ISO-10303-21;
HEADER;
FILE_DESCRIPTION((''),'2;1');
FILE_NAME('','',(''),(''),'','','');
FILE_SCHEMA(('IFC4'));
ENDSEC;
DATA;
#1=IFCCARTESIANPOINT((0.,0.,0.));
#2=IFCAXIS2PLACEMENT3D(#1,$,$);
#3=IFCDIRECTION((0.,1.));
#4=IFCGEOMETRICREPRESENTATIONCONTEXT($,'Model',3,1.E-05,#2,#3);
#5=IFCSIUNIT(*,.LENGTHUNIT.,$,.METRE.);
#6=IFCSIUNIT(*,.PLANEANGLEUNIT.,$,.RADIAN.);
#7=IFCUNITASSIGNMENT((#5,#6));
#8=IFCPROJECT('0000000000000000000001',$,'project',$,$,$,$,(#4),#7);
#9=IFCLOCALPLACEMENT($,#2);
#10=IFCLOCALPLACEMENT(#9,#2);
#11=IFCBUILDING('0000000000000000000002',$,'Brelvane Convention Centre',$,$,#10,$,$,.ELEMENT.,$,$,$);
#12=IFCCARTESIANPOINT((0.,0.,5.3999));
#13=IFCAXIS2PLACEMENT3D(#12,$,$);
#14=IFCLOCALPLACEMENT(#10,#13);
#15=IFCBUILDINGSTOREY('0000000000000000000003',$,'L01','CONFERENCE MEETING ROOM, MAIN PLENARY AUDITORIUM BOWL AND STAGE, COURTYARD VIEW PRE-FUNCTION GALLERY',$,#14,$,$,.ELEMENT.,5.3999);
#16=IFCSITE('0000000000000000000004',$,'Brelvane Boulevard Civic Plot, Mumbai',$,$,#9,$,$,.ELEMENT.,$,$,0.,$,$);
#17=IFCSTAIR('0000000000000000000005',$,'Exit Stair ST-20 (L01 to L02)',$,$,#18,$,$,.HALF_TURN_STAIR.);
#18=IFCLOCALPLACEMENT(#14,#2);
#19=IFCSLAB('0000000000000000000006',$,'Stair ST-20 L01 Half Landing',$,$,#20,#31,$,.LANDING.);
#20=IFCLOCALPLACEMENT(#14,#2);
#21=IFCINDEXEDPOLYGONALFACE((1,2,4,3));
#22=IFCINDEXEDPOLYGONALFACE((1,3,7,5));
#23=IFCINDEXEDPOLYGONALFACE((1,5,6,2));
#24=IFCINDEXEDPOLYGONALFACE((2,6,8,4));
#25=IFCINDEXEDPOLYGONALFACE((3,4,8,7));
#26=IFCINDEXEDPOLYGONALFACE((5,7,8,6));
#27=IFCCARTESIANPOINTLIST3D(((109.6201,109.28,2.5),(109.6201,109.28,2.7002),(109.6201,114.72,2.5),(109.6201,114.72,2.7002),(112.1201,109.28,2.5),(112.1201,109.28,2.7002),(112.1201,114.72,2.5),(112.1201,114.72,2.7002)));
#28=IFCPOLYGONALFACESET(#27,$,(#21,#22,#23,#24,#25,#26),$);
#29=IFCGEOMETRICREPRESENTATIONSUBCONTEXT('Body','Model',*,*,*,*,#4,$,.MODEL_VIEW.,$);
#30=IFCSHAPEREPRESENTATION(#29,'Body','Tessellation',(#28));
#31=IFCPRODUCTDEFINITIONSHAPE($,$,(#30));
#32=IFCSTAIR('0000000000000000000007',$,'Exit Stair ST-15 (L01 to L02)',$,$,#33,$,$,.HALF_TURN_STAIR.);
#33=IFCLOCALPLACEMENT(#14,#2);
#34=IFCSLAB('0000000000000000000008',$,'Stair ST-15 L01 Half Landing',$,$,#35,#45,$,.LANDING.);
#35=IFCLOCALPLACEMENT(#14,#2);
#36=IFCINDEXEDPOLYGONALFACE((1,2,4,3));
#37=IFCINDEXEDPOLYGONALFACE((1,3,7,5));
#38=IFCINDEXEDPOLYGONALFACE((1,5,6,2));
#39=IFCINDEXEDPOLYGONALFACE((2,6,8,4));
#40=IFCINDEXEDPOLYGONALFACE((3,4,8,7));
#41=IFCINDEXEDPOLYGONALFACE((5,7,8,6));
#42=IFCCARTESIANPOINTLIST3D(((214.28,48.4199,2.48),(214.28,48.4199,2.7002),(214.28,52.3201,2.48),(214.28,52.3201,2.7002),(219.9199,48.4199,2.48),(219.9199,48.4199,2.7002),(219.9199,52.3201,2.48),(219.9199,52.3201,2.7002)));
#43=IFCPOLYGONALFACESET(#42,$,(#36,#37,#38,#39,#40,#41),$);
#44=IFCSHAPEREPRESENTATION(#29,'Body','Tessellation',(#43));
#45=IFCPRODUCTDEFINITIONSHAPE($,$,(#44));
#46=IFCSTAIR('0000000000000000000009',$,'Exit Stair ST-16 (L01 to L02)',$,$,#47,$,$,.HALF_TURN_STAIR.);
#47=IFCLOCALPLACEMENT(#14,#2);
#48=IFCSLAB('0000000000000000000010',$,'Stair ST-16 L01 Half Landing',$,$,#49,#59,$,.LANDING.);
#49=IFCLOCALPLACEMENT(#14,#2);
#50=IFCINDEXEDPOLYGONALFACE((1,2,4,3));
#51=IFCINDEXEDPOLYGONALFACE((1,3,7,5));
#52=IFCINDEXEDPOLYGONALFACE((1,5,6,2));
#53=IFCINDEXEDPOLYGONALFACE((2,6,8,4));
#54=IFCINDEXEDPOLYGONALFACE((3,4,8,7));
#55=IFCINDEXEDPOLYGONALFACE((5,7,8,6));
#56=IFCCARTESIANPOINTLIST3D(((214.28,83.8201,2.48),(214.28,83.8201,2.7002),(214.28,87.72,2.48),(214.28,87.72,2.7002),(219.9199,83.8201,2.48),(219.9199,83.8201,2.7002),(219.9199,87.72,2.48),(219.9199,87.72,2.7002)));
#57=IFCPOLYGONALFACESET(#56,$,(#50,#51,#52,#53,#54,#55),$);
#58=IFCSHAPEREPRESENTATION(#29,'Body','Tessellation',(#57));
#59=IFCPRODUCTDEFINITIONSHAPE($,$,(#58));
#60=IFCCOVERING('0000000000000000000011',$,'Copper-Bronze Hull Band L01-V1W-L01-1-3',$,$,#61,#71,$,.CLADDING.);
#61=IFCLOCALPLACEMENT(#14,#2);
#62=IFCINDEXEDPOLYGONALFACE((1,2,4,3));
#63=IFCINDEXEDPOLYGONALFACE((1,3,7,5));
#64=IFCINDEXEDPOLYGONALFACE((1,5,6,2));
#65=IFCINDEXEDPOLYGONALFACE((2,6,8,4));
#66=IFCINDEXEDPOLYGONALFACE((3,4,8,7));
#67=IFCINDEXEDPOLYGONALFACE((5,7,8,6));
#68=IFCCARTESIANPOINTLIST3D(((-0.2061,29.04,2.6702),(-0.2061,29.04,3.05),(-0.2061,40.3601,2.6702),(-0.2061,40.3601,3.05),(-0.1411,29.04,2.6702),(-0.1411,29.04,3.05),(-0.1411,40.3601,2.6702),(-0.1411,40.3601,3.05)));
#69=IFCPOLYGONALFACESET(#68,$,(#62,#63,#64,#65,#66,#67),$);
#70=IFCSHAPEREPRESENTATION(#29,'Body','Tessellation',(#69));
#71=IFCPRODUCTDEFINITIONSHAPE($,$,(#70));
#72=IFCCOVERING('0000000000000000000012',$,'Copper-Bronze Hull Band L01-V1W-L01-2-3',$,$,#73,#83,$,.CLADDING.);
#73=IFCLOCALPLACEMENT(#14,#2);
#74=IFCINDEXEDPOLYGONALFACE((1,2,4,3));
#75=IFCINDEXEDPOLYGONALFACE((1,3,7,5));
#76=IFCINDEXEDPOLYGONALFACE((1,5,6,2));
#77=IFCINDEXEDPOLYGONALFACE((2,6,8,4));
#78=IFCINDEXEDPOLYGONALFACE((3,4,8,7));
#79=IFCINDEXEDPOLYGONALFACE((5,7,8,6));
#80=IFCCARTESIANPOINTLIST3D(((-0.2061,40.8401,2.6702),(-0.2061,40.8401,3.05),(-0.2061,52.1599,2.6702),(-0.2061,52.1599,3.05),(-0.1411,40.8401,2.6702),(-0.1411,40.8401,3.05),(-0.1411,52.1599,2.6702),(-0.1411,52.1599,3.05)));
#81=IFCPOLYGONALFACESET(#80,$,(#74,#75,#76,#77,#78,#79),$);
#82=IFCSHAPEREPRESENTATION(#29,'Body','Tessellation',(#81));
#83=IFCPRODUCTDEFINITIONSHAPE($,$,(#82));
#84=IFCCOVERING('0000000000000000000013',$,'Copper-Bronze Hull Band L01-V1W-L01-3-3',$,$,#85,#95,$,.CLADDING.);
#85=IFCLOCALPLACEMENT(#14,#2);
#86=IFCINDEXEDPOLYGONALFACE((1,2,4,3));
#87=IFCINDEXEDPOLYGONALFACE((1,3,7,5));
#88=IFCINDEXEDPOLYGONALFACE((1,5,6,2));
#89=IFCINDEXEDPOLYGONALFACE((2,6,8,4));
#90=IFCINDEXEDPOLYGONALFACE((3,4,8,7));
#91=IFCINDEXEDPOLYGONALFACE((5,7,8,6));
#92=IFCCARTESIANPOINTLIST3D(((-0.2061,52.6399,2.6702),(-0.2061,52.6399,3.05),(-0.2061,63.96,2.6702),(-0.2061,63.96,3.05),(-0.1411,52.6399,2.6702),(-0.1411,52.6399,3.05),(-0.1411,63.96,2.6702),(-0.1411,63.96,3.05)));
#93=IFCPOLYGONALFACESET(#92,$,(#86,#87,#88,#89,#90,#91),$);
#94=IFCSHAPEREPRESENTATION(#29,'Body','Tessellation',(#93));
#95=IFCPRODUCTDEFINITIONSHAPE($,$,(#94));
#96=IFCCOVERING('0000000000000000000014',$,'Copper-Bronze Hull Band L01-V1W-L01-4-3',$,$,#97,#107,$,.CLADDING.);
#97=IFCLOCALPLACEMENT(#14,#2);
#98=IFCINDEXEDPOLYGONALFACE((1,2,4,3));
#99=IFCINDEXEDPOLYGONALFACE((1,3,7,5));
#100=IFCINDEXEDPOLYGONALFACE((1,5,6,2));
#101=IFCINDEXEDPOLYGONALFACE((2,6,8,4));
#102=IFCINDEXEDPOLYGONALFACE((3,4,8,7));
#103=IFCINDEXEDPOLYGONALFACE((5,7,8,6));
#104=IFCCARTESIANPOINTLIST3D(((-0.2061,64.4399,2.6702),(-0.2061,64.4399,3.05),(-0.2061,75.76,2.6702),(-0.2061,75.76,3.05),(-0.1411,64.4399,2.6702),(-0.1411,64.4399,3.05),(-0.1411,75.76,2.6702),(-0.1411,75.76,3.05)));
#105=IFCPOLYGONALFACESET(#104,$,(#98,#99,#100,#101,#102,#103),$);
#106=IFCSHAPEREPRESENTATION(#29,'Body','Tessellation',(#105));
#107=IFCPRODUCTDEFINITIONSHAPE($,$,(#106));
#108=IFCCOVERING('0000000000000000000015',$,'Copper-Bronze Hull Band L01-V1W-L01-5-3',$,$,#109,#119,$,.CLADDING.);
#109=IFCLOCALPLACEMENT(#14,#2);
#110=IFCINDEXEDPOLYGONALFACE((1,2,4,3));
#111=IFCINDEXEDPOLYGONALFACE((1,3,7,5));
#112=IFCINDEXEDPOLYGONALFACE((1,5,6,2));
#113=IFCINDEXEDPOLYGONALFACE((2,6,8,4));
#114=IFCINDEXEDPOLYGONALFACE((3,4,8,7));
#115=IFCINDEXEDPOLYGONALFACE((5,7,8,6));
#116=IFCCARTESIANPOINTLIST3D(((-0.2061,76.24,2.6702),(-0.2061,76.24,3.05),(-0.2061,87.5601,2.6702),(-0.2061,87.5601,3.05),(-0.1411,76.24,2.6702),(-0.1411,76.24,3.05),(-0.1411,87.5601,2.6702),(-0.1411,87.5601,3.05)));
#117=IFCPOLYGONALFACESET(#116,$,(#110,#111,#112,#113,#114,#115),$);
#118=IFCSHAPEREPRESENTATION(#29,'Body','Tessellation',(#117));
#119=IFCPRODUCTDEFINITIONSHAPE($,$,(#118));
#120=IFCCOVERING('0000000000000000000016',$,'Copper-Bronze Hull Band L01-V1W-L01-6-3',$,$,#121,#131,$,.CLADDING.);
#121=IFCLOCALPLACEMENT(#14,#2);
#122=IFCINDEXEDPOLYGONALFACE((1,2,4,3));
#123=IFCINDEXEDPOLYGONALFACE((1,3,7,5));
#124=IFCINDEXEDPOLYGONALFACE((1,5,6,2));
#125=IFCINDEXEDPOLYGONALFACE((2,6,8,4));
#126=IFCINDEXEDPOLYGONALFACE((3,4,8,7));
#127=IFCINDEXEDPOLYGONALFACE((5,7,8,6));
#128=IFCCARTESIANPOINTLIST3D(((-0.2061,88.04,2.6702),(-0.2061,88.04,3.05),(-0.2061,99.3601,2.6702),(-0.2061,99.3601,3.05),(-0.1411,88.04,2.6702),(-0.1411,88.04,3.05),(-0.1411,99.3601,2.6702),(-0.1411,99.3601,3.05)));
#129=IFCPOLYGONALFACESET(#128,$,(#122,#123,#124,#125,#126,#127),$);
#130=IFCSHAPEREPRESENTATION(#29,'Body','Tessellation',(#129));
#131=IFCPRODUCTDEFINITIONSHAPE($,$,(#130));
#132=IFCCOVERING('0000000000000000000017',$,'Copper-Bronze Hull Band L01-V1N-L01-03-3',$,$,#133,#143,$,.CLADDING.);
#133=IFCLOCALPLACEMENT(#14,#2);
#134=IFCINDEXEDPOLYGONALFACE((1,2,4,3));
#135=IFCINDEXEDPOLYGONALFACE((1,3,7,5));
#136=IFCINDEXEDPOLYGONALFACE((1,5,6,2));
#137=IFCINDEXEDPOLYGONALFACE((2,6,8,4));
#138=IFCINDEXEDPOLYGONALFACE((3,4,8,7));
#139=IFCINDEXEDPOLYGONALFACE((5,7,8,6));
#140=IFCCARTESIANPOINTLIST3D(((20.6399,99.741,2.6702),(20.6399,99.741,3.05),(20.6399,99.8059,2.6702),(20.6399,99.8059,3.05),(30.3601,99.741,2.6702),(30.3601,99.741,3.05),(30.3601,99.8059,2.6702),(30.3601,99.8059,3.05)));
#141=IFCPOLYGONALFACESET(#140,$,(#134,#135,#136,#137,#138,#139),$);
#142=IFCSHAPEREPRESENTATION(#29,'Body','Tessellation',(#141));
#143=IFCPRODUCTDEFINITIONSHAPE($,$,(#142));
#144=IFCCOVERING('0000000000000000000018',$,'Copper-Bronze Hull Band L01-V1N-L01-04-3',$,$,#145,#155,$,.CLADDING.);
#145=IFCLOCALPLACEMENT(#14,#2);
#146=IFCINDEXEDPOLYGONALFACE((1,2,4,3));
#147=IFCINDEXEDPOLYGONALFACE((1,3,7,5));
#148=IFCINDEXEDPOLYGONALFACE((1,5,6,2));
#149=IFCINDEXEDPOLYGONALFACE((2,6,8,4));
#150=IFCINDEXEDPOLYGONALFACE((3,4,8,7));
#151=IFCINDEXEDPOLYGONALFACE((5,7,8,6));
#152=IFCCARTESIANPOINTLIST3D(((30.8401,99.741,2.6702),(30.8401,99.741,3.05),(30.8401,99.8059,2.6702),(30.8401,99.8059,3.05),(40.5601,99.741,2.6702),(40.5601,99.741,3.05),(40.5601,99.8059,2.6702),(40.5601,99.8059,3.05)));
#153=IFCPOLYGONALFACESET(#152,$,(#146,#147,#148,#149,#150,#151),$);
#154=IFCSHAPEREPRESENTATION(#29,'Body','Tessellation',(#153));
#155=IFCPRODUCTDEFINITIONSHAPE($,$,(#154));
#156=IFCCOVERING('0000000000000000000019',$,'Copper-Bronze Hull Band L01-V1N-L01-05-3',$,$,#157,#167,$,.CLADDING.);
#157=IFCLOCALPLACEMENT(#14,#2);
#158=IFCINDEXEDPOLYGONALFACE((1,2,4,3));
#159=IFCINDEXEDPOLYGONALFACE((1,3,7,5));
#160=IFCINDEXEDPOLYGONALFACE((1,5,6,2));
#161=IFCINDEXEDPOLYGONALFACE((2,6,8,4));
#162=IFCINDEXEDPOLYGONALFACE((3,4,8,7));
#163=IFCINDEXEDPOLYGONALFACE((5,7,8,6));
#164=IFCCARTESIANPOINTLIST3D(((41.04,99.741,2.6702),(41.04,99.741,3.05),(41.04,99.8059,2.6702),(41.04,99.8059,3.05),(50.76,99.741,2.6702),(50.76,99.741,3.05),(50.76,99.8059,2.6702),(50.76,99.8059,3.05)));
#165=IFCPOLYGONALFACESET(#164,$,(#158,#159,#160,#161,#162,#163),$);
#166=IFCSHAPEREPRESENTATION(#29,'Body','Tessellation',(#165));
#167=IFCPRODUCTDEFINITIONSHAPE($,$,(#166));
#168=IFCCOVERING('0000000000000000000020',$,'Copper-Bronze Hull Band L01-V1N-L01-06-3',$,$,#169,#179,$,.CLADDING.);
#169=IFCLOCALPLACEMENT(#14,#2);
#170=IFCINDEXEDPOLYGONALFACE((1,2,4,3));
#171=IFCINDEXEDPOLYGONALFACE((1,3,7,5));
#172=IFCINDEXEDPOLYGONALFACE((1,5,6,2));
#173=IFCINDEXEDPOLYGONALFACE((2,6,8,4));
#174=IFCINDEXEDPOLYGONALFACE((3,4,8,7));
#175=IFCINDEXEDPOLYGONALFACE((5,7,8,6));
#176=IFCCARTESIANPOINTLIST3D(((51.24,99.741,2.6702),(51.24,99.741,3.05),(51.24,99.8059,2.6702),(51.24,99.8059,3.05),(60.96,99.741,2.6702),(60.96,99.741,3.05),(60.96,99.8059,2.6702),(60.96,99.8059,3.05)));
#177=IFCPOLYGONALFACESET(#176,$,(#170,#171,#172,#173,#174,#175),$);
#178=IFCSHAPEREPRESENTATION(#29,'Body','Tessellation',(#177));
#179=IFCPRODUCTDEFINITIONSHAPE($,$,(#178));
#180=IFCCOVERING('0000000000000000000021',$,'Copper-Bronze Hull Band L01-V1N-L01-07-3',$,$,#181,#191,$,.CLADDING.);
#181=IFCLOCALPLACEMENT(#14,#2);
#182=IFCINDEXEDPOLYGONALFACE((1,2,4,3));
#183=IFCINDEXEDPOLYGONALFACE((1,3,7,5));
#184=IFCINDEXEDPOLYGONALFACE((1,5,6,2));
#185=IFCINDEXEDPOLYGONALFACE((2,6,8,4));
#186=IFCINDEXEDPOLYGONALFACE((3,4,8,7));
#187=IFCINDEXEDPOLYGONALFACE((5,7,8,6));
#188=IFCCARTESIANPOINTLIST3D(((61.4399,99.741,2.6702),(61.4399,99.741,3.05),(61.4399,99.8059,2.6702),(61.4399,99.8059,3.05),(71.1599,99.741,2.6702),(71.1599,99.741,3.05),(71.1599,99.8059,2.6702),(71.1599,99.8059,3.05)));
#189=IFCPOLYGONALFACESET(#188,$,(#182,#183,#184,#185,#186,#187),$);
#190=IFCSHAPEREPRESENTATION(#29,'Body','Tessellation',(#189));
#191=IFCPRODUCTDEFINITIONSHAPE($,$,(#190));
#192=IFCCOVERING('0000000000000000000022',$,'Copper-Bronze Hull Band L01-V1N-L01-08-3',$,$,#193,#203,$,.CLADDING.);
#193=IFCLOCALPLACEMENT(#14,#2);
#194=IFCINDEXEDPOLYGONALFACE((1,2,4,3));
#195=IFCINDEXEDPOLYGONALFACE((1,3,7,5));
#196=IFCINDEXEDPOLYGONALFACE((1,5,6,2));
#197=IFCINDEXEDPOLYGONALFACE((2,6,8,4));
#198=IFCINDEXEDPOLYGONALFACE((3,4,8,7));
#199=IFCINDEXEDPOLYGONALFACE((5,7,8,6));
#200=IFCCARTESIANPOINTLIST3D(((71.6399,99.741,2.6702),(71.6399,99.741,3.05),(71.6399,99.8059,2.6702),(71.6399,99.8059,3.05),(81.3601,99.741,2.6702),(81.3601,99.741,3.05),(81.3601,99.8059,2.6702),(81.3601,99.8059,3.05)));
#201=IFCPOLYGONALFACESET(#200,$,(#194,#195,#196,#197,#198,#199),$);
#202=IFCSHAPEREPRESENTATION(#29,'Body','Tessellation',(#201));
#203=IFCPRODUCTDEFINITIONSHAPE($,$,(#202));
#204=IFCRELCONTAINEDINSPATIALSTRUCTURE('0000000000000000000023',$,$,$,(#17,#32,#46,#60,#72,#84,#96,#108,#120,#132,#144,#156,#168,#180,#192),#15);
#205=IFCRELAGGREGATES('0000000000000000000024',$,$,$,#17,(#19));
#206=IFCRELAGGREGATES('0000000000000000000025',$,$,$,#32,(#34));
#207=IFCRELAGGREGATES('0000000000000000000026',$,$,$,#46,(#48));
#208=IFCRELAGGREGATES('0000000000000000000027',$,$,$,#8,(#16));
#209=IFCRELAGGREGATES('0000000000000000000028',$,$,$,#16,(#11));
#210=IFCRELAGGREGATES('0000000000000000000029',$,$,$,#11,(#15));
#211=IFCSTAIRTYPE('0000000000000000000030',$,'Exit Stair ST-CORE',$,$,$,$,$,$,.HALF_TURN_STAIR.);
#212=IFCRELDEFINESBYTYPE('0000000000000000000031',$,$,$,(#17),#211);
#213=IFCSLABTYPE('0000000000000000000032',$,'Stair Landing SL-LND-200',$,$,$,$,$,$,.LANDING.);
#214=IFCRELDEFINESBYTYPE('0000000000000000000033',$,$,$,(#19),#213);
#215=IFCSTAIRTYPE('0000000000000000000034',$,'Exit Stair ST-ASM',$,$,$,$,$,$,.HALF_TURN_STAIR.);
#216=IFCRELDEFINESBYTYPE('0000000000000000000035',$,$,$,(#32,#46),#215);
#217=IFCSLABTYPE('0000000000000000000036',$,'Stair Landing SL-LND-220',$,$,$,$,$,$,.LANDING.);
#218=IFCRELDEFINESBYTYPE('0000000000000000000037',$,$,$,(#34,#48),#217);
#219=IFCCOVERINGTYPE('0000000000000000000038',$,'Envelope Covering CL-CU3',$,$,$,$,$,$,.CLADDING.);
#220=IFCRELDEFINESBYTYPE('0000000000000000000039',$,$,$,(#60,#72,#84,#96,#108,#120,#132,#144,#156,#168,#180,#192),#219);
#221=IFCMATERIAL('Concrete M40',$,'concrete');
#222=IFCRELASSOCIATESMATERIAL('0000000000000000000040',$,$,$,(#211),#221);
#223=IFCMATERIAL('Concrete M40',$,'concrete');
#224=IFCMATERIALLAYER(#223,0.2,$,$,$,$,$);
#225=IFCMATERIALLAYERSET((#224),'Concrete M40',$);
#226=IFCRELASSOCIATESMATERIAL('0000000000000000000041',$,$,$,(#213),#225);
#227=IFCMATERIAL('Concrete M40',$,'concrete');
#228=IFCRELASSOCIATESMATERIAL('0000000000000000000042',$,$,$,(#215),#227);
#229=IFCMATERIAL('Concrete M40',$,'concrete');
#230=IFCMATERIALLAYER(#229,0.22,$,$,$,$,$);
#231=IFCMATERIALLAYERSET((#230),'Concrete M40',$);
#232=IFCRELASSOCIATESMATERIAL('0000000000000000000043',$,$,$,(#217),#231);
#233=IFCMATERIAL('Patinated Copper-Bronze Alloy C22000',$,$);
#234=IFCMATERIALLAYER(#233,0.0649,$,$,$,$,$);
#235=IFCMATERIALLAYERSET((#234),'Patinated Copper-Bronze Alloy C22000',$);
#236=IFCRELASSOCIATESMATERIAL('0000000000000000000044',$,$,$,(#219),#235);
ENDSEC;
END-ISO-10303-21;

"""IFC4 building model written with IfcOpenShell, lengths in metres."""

from ifc_helpers import new_model, si_unit, direction, frame, origin, place, context, subcontext, project, spatial, polyline, outline, extrude, material, layer, layer_set, type_object, element, aggregate, save


model = new_model("IFC4")

# Units and contexts
model_context = context("Model", 3, precision=1e-05, world=origin(), true_north=direction((0.0, 1.0)))
body_context = subcontext(model_context, "Body", "Model", "MODEL_VIEW")
ifc_project = project(units=[si_unit("LENGTHUNIT", "METRE"), si_unit("PLANEANGLEUNIT", "RADIAN")], contexts=[model_context])

# Site, building, storey
site_placement = place(None, origin())
site = spatial("IfcSite", under=ifc_project, at=site_placement, Name="Brelvane Boulevard Civic Plot, Mumbai", CompositionType="ELEMENT", RefElevation=0.0)
building_placement = place(site_placement, origin())
building = spatial("IfcBuilding", under=site, at=building_placement, Name="Brelvane Convention Centre", CompositionType="ELEMENT")
storey_placement = place(building_placement, frame((0.0, 0.0, 5.3999)))
storey = spatial("IfcBuildingStorey", under=building, at=storey_placement, Name="L01", Description="CONFERENCE MEETING ROOM, MAIN PLENARY AUDITORIUM BOWL AND STAGE, COURTYARD VIEW PRE-FUNCTION GALLERY", CompositionType="ELEMENT", Elevation=5.3999)

# Stairs, slabs
ifc_material_1 = material(Name="Concrete M40", Category="concrete")
stair_type_1 = type_object("IfcStairType", Name="Exit Stair ST-CORE", PredefinedType="HALF_TURN_STAIR", material=ifc_material_1)
ifc_material_2 = material(Name="Concrete M40", Category="concrete")
ifc_layer_1 = layer(ifc_material_2, 0.2)
ifc_layer_set_1 = layer_set([ifc_layer_1], Name="Concrete M40")
slab_type_1 = type_object("IfcSlabType", Name="Stair Landing SL-LND-200", PredefinedType="LANDING", material=ifc_layer_set_1)
stair_1_placement = place(storey_placement, origin())
stair_1 = element("IfcStair", 1, at=stair_1_placement, inside=storey, type_object=stair_type_1, Name="Exit Stair ST-20 (L01 to L02)", PredefinedType="HALF_TURN_STAIR")
slab_1_placement = place(storey_placement, frame((0.0, 0.0, 2.5)))
slab_1 = element("IfcSlab", 2, at=slab_1_placement, type_object=slab_type_1, Name="Stair ST-20 L01 Half Landing", PredefinedType="LANDING", context=body_context, shape_type="SweptSolid", body=[
    extrude(outline(polyline([(109.6201, 109.28), (112.1201, 109.28), (112.1201, 114.72), (109.6201, 114.72), (109.6201, 109.28)])), origin(), (0.0, 0.0, 1.0), 0.2002),
])
aggregate(stair_1, [slab_1])
ifc_material_3 = material(Name="Concrete M40", Category="concrete")
stair_type_2 = type_object("IfcStairType", Name="Exit Stair ST-ASM", PredefinedType="HALF_TURN_STAIR", material=ifc_material_3)
stair_2_placement = place(storey_placement, origin())
stair_2 = element("IfcStair", 3, at=stair_2_placement, inside=storey, type_object=stair_type_2, Name="Exit Stair ST-15 (L01 to L02)", PredefinedType="HALF_TURN_STAIR")
ifc_material_4 = material(Name="Concrete M40", Category="concrete")
ifc_layer_2 = layer(ifc_material_4, 0.22)
ifc_layer_set_2 = layer_set([ifc_layer_2], Name="Concrete M40")
slab_type_2 = type_object("IfcSlabType", Name="Stair Landing SL-LND-220", PredefinedType="LANDING", material=ifc_layer_set_2)
slab_2_placement = place(storey_placement, frame((0.0, 0.0, 2.48)))
slab_2 = element("IfcSlab", 4, at=slab_2_placement, type_object=slab_type_2, Name="Stair ST-15 L01 Half Landing", PredefinedType="LANDING", context=body_context, shape_type="SweptSolid", body=[
    extrude(outline(polyline([(214.28, 48.4199), (219.9199, 48.4199), (219.9199, 52.3201), (214.28, 52.3201), (214.28, 48.4199)])), origin(), (0.0, 0.0, 1.0), 0.2202),
])
aggregate(stair_2, [slab_2])
stair_3_placement = place(storey_placement, origin())
stair_3 = element("IfcStair", 5, at=stair_3_placement, inside=storey, type_object=stair_type_2, Name="Exit Stair ST-16 (L01 to L02)", PredefinedType="HALF_TURN_STAIR")
slab_3_placement = place(storey_placement, frame((0.0, 0.0, 2.48)))
slab_3 = element("IfcSlab", 6, at=slab_3_placement, type_object=slab_type_2, Name="Stair ST-16 L01 Half Landing", PredefinedType="LANDING", context=body_context, shape_type="SweptSolid", body=[
    extrude(outline(polyline([(214.28, 83.8201), (219.9199, 83.8201), (219.9199, 87.72), (214.28, 87.72), (214.28, 83.8201)])), origin(), (0.0, 0.0, 1.0), 0.2202),
])
aggregate(stair_3, [slab_3])

# Coverings
ifc_material_5 = material(Name="Patinated Copper-Bronze Alloy C22000")
ifc_layer_3 = layer(ifc_material_5, 0.0649)
ifc_layer_set_3 = layer_set([ifc_layer_3], Name="Patinated Copper-Bronze Alloy C22000")
covering_type = type_object("IfcCoveringType", Name="Envelope Covering CL-CU3", PredefinedType="CLADDING", material=ifc_layer_set_3)
covering_1_placement = place(storey_placement, frame((0.0, 0.0, 2.6702)))
element("IfcCovering", 7, at=covering_1_placement, inside=storey, type_object=covering_type, Name="Copper-Bronze Hull Band L01-V1W-L01-1-3", PredefinedType="CLADDING", context=body_context, shape_type="SweptSolid", body=[
    extrude(outline(polyline([(-0.1411, 29.04), (-0.1411, 40.3601), (-0.2061, 40.3601), (-0.2061, 29.04), (-0.1411, 29.04)])), origin(), (0.0, 0.0, 1.0), 0.3799),
])
covering_2_placement = place(storey_placement, frame((0.0, 0.0, 2.6702)))
element("IfcCovering", 8, at=covering_2_placement, inside=storey, type_object=covering_type, Name="Copper-Bronze Hull Band L01-V1W-L01-2-3", PredefinedType="CLADDING", context=body_context, shape_type="SweptSolid", body=[
    extrude(outline(polyline([(-0.1411, 40.8401), (-0.1411, 52.1599), (-0.2061, 52.1599), (-0.2061, 40.8401), (-0.1411, 40.8401)])), origin(), (0.0, 0.0, 1.0), 0.3799),
])
covering_3_placement = place(storey_placement, frame((0.0, 0.0, 2.6702)))
element("IfcCovering", 9, at=covering_3_placement, inside=storey, type_object=covering_type, Name="Copper-Bronze Hull Band L01-V1W-L01-3-3", PredefinedType="CLADDING", context=body_context, shape_type="SweptSolid", body=[
    extrude(outline(polyline([(-0.1411, 52.6399), (-0.1411, 63.96), (-0.2061, 63.96), (-0.2061, 52.6399), (-0.1411, 52.6399)])), origin(), (0.0, 0.0, 1.0), 0.3799),
])
covering_4_placement = place(storey_placement, frame((0.0, 0.0, 2.6702)))
element("IfcCovering", 10, at=covering_4_placement, inside=storey, type_object=covering_type, Name="Copper-Bronze Hull Band L01-V1W-L01-4-3", PredefinedType="CLADDING", context=body_context, shape_type="SweptSolid", body=[
    extrude(outline(polyline([(-0.1411, 64.4399), (-0.1411, 75.76), (-0.2061, 75.76), (-0.2061, 64.4399), (-0.1411, 64.4399)])), origin(), (0.0, 0.0, 1.0), 0.3799),
])
covering_5_placement = place(storey_placement, frame((0.0, 0.0, 2.6702)))
element("IfcCovering", 11, at=covering_5_placement, inside=storey, type_object=covering_type, Name="Copper-Bronze Hull Band L01-V1W-L01-5-3", PredefinedType="CLADDING", context=body_context, shape_type="SweptSolid", body=[
    extrude(outline(polyline([(-0.1411, 76.24), (-0.1411, 87.5601), (-0.2061, 87.5601), (-0.2061, 76.24), (-0.1411, 76.24)])), origin(), (0.0, 0.0, 1.0), 0.3799),
])
covering_6_placement = place(storey_placement, frame((0.0, 0.0, 2.6702)))
element("IfcCovering", 12, at=covering_6_placement, inside=storey, type_object=covering_type, Name="Copper-Bronze Hull Band L01-V1W-L01-6-3", PredefinedType="CLADDING", context=body_context, shape_type="SweptSolid", body=[
    extrude(outline(polyline([(-0.1411, 88.04), (-0.1411, 99.3601), (-0.2061, 99.3601), (-0.2061, 88.04), (-0.1411, 88.04)])), origin(), (0.0, 0.0, 1.0), 0.3799),
])
covering_7_placement = place(storey_placement, frame((0.0, 0.0, 2.6702)))
element("IfcCovering", 13, at=covering_7_placement, inside=storey, type_object=covering_type, Name="Copper-Bronze Hull Band L01-V1N-L01-03-3", PredefinedType="CLADDING", context=body_context, shape_type="SweptSolid", body=[
    extrude(outline(polyline([(20.6399, 99.741), (30.3601, 99.741), (30.3601, 99.8059), (20.6399, 99.8059), (20.6399, 99.741)])), origin(), (0.0, 0.0, 1.0), 0.3799),
])
covering_8_placement = place(storey_placement, frame((0.0, 0.0, 2.6702)))
element("IfcCovering", 14, at=covering_8_placement, inside=storey, type_object=covering_type, Name="Copper-Bronze Hull Band L01-V1N-L01-04-3", PredefinedType="CLADDING", context=body_context, shape_type="SweptSolid", body=[
    extrude(outline(polyline([(30.8401, 99.741), (40.5601, 99.741), (40.5601, 99.8059), (30.8401, 99.8059), (30.8401, 99.741)])), origin(), (0.0, 0.0, 1.0), 0.3799),
])
covering_9_placement = place(storey_placement, frame((0.0, 0.0, 2.6702)))
element("IfcCovering", 15, at=covering_9_placement, inside=storey, type_object=covering_type, Name="Copper-Bronze Hull Band L01-V1N-L01-05-3", PredefinedType="CLADDING", context=body_context, shape_type="SweptSolid", body=[
    extrude(outline(polyline([(41.04, 99.741), (50.76, 99.741), (50.76, 99.8059), (41.04, 99.8059), (41.04, 99.741)])), origin(), (0.0, 0.0, 1.0), 0.3799),
])
covering_10_placement = place(storey_placement, frame((0.0, 0.0, 2.6702)))
element("IfcCovering", 16, at=covering_10_placement, inside=storey, type_object=covering_type, Name="Copper-Bronze Hull Band L01-V1N-L01-06-3", PredefinedType="CLADDING", context=body_context, shape_type="SweptSolid", body=[
    extrude(outline(polyline([(51.24, 99.741), (60.96, 99.741), (60.96, 99.8059), (51.24, 99.8059), (51.24, 99.741)])), origin(), (0.0, 0.0, 1.0), 0.3799),
])
covering_11_placement = place(storey_placement, frame((0.0, 0.0, 2.6702)))
element("IfcCovering", 17, at=covering_11_placement, inside=storey, type_object=covering_type, Name="Copper-Bronze Hull Band L01-V1N-L01-07-3", PredefinedType="CLADDING", context=body_context, shape_type="SweptSolid", body=[
    extrude(outline(polyline([(61.4399, 99.741), (71.1599, 99.741), (71.1599, 99.8059), (61.4399, 99.8059), (61.4399, 99.741)])), origin(), (0.0, 0.0, 1.0), 0.3799),
])
covering_12_placement = place(storey_placement, frame((0.0, 0.0, 2.6702)))
element("IfcCovering", 18, at=covering_12_placement, inside=storey, type_object=covering_type, Name="Copper-Bronze Hull Band L01-V1N-L01-08-3", PredefinedType="CLADDING", context=body_context, shape_type="SweptSolid", body=[
    extrude(outline(polyline([(71.6399, 99.741), (81.3601, 99.741), (81.3601, 99.8059), (71.6399, 99.8059), (71.6399, 99.741)])), origin(), (0.0, 0.0, 1.0), 0.3799),
])

save(model, "model.ifc")
